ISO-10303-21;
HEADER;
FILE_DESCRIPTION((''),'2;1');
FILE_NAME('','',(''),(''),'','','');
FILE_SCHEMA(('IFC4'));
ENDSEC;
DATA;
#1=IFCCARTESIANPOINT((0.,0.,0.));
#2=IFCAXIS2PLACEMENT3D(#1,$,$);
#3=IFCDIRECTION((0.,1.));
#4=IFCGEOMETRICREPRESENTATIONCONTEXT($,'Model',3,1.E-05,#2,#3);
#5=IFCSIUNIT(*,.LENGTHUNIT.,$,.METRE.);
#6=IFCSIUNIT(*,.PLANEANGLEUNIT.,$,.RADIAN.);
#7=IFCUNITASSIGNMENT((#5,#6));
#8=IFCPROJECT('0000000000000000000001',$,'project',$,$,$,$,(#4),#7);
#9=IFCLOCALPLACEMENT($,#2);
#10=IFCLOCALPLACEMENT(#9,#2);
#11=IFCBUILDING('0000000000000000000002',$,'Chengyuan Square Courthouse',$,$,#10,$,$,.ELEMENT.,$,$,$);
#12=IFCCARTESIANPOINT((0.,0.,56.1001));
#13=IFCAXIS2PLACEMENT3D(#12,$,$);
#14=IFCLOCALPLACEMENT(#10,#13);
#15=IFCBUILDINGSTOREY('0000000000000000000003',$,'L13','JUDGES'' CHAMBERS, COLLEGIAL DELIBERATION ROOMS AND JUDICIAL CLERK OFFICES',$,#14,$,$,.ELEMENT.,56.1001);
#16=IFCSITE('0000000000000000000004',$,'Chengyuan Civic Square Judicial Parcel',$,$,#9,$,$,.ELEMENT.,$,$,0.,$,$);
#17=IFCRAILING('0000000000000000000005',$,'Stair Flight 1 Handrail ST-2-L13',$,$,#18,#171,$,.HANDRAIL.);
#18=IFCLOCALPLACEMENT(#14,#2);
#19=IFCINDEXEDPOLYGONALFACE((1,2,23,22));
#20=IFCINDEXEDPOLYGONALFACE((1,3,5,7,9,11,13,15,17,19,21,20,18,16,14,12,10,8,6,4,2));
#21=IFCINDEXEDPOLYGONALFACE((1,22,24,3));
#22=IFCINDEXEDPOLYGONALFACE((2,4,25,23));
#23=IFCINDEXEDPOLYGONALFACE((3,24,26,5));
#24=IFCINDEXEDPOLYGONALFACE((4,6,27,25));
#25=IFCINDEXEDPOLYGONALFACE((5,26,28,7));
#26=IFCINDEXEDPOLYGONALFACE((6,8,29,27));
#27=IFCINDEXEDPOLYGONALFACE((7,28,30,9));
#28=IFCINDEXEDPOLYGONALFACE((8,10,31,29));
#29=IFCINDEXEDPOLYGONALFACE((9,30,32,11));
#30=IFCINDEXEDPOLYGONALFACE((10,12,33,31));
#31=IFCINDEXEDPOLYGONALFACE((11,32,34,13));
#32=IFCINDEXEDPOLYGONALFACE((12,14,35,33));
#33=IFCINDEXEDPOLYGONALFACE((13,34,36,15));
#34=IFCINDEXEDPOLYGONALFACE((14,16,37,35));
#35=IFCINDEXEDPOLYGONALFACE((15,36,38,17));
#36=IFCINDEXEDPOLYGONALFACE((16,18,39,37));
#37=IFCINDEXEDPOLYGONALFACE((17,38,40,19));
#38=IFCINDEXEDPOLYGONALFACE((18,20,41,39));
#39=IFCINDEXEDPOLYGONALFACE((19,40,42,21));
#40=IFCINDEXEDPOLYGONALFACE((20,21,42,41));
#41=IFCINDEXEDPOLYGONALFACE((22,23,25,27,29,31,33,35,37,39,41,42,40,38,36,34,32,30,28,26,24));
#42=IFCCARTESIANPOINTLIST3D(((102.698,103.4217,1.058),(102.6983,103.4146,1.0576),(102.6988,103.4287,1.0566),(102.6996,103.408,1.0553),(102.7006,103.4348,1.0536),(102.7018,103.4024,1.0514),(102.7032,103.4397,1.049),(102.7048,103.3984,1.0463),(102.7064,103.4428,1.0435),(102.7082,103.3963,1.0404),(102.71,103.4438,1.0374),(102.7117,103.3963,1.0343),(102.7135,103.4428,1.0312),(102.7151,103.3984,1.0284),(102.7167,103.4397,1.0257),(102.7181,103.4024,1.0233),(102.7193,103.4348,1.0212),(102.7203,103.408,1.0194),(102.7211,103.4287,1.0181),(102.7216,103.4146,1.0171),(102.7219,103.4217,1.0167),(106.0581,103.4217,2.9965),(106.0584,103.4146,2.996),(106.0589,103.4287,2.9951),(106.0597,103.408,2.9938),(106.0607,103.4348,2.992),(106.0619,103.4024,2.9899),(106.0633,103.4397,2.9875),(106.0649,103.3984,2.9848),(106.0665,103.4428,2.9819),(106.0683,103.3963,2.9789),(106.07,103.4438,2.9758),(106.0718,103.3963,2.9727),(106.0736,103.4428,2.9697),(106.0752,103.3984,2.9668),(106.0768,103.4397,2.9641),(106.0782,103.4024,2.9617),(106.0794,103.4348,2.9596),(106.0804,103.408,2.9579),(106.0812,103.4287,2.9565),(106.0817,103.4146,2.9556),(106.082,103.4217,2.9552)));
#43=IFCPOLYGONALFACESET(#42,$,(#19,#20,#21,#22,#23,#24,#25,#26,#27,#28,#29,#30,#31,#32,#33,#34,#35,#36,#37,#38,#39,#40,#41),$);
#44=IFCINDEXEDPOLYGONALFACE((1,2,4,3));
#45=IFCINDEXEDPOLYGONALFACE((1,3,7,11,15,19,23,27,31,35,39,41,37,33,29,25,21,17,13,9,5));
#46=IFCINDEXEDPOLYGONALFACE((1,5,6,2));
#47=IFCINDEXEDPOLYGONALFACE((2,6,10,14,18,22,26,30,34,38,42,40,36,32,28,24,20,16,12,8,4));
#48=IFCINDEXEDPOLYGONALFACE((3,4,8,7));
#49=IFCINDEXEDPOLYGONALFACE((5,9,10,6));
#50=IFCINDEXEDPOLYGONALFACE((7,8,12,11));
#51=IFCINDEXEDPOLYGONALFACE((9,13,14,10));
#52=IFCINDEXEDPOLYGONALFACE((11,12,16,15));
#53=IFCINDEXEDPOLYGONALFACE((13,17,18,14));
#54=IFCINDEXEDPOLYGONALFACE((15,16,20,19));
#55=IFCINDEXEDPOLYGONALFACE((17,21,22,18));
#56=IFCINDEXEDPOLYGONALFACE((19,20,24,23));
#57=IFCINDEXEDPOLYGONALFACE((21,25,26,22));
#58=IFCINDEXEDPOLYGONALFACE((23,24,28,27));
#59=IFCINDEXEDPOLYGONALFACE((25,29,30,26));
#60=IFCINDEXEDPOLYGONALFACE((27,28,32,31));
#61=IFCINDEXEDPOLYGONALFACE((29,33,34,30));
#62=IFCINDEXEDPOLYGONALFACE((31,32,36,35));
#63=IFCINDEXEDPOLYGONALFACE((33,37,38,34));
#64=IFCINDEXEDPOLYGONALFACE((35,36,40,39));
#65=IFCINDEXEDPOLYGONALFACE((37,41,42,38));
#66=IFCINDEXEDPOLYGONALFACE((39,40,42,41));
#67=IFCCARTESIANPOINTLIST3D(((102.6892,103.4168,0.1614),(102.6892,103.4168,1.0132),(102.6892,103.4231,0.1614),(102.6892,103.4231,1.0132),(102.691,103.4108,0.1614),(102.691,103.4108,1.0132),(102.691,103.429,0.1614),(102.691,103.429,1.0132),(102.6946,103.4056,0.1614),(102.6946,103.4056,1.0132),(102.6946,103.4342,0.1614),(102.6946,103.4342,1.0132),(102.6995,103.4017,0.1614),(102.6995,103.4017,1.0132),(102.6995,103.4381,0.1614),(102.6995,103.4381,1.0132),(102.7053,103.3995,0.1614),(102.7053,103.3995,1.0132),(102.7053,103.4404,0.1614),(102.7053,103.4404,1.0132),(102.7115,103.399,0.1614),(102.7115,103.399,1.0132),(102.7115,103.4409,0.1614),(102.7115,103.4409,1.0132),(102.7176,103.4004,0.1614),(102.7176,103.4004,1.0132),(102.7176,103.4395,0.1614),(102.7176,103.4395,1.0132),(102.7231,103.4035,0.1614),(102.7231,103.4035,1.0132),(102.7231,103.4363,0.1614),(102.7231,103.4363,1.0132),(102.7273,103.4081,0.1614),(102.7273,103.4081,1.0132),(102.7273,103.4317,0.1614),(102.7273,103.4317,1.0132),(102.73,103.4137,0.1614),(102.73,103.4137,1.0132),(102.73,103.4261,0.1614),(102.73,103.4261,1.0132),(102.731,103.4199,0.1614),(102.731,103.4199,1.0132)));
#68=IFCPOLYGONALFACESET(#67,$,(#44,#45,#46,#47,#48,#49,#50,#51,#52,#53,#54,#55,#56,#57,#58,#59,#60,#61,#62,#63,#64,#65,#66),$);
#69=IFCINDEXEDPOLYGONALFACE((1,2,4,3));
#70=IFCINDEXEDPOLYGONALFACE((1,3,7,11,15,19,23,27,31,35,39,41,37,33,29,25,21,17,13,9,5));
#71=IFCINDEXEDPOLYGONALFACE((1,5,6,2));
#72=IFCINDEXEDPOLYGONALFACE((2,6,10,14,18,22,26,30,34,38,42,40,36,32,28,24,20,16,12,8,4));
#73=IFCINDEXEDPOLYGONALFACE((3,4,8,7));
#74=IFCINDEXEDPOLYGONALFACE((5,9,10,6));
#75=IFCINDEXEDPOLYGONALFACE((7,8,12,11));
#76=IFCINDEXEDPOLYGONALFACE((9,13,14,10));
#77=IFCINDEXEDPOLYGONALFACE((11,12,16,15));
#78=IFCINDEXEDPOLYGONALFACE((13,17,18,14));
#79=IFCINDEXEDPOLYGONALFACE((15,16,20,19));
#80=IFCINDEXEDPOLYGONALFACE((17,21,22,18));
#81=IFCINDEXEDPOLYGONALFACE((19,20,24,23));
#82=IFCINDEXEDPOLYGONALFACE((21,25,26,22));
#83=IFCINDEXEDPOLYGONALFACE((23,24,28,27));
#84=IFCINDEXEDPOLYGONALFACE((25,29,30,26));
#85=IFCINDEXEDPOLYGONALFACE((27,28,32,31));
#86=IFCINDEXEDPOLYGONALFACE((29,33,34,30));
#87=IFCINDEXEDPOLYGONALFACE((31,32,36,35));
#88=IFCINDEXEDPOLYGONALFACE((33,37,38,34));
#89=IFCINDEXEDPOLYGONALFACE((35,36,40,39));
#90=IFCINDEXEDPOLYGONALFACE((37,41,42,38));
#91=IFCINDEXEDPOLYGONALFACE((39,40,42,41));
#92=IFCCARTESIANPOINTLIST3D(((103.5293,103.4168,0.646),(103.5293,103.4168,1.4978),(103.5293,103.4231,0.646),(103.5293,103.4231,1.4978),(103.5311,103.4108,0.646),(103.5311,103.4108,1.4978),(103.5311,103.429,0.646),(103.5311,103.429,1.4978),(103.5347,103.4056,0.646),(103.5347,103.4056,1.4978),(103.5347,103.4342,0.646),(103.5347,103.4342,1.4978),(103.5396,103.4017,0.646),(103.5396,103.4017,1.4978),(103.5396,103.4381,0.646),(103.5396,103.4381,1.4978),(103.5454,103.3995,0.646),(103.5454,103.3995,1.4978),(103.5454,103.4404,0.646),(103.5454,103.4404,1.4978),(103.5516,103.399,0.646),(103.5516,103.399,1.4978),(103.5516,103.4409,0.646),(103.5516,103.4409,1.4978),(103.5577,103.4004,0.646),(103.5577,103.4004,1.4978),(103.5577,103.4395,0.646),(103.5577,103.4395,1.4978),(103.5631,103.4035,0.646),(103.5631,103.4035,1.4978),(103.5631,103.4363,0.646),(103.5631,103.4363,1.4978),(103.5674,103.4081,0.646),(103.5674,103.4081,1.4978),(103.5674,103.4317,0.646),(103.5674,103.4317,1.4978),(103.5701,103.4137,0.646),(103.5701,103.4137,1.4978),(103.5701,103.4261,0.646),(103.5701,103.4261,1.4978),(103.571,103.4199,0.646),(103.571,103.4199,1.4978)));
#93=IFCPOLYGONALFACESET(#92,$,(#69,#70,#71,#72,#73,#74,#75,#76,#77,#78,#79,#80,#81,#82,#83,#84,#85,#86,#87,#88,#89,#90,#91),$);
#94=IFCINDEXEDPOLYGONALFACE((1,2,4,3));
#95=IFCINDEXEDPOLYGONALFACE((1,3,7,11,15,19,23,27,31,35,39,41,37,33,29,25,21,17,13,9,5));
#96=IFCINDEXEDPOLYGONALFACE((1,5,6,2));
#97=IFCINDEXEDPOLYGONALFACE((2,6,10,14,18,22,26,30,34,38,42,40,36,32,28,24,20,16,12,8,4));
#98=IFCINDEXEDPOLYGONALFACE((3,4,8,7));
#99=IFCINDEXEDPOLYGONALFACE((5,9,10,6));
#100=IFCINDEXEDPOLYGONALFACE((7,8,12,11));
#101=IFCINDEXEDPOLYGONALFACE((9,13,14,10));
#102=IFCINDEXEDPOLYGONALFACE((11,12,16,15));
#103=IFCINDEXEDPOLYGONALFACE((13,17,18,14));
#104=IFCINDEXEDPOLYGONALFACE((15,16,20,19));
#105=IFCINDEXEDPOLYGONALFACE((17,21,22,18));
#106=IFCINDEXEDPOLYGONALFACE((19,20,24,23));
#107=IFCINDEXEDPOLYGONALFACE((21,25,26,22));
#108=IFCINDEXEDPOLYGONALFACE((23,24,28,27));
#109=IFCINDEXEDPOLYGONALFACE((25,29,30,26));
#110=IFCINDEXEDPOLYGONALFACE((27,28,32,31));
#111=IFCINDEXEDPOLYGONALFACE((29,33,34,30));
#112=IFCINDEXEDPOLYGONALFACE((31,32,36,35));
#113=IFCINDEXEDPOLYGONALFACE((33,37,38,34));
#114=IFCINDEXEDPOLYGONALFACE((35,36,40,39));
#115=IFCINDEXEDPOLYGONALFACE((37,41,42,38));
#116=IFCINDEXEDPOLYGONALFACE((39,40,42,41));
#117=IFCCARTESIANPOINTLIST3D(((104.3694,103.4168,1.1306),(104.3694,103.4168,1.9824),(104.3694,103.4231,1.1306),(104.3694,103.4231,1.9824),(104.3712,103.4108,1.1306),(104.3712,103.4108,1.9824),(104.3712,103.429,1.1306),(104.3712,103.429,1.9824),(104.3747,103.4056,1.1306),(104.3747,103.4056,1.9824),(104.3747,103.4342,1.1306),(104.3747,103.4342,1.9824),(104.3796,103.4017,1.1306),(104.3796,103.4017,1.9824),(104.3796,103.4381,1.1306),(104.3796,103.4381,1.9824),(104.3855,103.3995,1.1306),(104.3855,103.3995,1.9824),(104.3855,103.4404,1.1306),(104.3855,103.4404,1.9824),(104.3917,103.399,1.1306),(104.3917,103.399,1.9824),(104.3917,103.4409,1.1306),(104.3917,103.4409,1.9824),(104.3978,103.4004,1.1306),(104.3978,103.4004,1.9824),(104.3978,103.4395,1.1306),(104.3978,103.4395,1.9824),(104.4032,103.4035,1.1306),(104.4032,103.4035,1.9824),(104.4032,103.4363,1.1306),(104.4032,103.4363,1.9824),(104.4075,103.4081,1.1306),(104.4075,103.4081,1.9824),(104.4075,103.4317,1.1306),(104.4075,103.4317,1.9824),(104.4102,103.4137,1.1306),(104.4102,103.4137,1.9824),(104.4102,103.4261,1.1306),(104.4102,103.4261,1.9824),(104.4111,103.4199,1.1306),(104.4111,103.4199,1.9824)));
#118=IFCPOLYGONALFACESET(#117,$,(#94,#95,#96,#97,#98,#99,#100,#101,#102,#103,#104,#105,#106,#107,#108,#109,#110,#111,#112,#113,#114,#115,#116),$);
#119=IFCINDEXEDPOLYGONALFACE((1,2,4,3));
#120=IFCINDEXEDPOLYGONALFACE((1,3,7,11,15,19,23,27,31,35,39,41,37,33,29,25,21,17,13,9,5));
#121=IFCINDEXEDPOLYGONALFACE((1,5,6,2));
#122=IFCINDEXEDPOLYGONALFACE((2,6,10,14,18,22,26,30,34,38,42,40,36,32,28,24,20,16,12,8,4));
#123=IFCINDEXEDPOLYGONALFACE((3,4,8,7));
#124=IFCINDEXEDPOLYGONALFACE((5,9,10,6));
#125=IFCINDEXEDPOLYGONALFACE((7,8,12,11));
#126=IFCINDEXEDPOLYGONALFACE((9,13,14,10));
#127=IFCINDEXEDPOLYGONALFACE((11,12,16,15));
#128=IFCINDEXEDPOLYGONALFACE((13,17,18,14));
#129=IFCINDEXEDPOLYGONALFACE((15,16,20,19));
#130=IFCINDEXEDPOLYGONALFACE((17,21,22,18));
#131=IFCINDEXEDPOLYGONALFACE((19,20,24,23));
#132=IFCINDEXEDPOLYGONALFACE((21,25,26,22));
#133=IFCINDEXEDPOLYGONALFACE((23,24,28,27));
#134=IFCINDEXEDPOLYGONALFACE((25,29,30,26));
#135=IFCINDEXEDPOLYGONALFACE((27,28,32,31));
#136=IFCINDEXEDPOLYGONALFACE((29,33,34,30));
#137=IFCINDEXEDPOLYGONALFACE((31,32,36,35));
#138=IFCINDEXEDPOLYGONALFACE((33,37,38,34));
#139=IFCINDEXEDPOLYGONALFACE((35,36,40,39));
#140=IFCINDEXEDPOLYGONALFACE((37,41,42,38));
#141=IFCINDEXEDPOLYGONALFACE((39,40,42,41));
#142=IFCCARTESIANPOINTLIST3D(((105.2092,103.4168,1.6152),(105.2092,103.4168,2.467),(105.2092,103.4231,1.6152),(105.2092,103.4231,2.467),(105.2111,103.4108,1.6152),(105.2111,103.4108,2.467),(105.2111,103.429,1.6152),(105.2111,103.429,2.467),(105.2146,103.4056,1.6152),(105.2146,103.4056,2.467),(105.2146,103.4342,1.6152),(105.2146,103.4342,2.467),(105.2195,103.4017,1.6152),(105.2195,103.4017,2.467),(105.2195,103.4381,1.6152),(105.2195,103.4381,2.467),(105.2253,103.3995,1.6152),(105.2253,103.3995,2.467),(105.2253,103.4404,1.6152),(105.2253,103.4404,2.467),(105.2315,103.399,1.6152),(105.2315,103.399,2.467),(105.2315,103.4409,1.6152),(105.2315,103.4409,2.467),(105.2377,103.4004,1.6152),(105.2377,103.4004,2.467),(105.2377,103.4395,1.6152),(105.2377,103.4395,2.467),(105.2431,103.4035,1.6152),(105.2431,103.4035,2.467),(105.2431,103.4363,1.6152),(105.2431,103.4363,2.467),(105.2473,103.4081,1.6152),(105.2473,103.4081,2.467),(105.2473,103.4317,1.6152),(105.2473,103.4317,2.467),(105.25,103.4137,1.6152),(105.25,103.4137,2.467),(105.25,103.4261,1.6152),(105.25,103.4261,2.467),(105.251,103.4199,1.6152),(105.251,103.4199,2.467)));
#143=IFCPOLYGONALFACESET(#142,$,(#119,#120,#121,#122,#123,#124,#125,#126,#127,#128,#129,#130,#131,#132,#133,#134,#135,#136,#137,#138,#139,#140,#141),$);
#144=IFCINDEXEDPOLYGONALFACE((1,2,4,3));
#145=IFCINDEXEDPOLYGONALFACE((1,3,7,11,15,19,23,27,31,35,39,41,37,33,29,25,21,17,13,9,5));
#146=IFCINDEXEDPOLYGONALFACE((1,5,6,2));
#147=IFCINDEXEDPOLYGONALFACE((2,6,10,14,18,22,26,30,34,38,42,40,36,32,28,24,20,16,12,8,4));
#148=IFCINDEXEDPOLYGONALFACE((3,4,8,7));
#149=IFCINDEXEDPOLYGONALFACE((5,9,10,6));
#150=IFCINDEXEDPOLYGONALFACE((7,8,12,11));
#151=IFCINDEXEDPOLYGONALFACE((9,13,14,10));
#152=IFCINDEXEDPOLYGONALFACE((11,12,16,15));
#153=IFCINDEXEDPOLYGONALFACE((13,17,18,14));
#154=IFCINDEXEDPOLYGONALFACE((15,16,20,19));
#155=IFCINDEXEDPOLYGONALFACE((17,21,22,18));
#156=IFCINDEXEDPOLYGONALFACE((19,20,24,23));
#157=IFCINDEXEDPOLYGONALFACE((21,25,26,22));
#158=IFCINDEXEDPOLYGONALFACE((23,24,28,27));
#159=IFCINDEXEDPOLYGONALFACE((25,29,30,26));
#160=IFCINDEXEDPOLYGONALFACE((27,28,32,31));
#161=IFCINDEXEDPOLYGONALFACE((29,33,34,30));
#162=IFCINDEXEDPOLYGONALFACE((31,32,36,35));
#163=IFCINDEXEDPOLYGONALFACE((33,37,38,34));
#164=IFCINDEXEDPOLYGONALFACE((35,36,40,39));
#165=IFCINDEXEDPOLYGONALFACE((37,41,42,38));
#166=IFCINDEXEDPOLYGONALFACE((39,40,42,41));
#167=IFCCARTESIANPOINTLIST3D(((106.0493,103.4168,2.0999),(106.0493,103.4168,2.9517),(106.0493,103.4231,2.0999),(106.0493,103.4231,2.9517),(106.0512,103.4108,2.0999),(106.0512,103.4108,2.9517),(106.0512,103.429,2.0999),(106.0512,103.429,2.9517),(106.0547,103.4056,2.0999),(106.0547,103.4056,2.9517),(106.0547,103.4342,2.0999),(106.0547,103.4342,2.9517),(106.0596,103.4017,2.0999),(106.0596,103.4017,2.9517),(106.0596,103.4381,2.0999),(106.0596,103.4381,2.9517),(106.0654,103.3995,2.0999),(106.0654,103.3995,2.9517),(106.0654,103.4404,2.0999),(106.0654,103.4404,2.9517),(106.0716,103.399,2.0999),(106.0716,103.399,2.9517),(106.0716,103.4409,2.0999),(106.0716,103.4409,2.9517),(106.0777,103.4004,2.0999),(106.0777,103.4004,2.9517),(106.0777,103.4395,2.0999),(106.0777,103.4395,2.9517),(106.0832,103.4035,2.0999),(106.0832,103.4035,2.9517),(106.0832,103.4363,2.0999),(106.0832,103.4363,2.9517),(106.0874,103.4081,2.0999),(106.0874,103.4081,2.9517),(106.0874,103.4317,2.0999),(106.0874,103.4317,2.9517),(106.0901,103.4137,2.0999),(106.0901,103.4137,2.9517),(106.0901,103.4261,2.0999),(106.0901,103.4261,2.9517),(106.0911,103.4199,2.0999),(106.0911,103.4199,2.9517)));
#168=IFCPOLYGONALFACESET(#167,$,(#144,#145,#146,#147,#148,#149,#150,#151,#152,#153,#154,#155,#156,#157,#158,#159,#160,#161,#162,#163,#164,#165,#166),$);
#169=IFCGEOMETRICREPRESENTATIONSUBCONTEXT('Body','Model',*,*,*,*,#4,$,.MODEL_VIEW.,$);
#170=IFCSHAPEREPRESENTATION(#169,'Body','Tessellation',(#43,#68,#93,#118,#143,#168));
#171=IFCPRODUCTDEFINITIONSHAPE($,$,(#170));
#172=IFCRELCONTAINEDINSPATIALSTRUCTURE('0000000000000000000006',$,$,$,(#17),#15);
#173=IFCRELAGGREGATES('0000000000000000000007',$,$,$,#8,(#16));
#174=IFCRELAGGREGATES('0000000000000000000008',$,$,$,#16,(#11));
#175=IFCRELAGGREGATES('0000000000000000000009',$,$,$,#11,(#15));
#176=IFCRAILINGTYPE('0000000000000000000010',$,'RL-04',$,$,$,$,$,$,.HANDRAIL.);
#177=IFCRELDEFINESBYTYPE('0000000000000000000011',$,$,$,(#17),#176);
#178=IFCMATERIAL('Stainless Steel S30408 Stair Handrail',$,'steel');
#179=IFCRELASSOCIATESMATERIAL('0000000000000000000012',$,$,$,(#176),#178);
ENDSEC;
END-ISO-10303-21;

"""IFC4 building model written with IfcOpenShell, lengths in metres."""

from ifc_helpers import new_model, si_unit, direction, frame, origin, origin_2d, place, context, subcontext, project, spatial, circle, extrude, material, type_object, element, save


model = new_model("IFC4")

# Units and contexts
model_context = context("Model", 3, precision=1e-05, world=origin(), true_north=direction((0.0, 1.0)))
body_context = subcontext(model_context, "Body", "Model", "MODEL_VIEW")
ifc_project = project(units=[si_unit("LENGTHUNIT", "METRE"), si_unit("PLANEANGLEUNIT", "RADIAN")], contexts=[model_context])

# Site, building, storey
site_placement = place(None, origin())
site = spatial("IfcSite", under=ifc_project, at=site_placement, Name="Chengyuan Civic Square Judicial Parcel", CompositionType="ELEMENT", RefElevation=0.0)
building_placement = place(site_placement, origin())
building = spatial("IfcBuilding", under=site, at=building_placement, Name="Chengyuan Square Courthouse", CompositionType="ELEMENT")
storey_placement = place(building_placement, frame((0.0, 0.0, 56.1001)))
storey = spatial("IfcBuildingStorey", under=building, at=storey_placement, Name="L13", Description="JUDGES' CHAMBERS, COLLEGIAL DELIBERATION ROOMS AND JUDICIAL CLERK OFFICES", CompositionType="ELEMENT", Elevation=56.1001)

# Railing
ifc_material_1 = material(Name="Stainless Steel S30408 Stair Handrail", Category="steel")
railing_type_1 = type_object("IfcRailingType", Name="RL-04", PredefinedType="HANDRAIL", material=ifc_material_1)
railing_1_placement = place(storey_placement, frame((102.71, 103.4199, 0.1614)))
element("IfcRailing", 1, at=railing_1_placement, inside=storey, type_object=railing_type_1, Name="Stair Flight 1 Handrail ST-2-L13", PredefinedType="HANDRAIL", context=body_context, shape_type="SweptSolid", body=[
    extrude(circle(Radius=0.0239, at=origin_2d()), frame((0.0, 0.0, 0.876), z_axis=(0.866191, 0.0, 0.499713), x_axis=(0.0, 1.0, 0.0)), (0.0, 0.0, 1.0), 3.8792),
    extrude(circle(Radius=0.021, at=origin_2d()), origin(), (0.0, 0.0, 1.0), 0.8518),
    extrude(circle(Radius=0.021, at=origin_2d()), frame((0.8401, 0.0, 0.4846)), (0.0, 0.0, 1.0), 0.8518),
    extrude(circle(Radius=0.021, at=origin_2d()), frame((1.6802, 0.0, 0.9692)), (0.0, 0.0, 1.0), 0.8518),
    extrude(circle(Radius=0.021, at=origin_2d()), frame((2.52, 0.0, 1.4539)), (0.0, 0.0, 1.0), 0.8518),
    extrude(circle(Radius=0.021, at=origin_2d()), frame((3.3601, 0.0, 1.9385)), (0.0, 0.0, 1.0), 0.8518),
])

save(model, "model.ifc")
